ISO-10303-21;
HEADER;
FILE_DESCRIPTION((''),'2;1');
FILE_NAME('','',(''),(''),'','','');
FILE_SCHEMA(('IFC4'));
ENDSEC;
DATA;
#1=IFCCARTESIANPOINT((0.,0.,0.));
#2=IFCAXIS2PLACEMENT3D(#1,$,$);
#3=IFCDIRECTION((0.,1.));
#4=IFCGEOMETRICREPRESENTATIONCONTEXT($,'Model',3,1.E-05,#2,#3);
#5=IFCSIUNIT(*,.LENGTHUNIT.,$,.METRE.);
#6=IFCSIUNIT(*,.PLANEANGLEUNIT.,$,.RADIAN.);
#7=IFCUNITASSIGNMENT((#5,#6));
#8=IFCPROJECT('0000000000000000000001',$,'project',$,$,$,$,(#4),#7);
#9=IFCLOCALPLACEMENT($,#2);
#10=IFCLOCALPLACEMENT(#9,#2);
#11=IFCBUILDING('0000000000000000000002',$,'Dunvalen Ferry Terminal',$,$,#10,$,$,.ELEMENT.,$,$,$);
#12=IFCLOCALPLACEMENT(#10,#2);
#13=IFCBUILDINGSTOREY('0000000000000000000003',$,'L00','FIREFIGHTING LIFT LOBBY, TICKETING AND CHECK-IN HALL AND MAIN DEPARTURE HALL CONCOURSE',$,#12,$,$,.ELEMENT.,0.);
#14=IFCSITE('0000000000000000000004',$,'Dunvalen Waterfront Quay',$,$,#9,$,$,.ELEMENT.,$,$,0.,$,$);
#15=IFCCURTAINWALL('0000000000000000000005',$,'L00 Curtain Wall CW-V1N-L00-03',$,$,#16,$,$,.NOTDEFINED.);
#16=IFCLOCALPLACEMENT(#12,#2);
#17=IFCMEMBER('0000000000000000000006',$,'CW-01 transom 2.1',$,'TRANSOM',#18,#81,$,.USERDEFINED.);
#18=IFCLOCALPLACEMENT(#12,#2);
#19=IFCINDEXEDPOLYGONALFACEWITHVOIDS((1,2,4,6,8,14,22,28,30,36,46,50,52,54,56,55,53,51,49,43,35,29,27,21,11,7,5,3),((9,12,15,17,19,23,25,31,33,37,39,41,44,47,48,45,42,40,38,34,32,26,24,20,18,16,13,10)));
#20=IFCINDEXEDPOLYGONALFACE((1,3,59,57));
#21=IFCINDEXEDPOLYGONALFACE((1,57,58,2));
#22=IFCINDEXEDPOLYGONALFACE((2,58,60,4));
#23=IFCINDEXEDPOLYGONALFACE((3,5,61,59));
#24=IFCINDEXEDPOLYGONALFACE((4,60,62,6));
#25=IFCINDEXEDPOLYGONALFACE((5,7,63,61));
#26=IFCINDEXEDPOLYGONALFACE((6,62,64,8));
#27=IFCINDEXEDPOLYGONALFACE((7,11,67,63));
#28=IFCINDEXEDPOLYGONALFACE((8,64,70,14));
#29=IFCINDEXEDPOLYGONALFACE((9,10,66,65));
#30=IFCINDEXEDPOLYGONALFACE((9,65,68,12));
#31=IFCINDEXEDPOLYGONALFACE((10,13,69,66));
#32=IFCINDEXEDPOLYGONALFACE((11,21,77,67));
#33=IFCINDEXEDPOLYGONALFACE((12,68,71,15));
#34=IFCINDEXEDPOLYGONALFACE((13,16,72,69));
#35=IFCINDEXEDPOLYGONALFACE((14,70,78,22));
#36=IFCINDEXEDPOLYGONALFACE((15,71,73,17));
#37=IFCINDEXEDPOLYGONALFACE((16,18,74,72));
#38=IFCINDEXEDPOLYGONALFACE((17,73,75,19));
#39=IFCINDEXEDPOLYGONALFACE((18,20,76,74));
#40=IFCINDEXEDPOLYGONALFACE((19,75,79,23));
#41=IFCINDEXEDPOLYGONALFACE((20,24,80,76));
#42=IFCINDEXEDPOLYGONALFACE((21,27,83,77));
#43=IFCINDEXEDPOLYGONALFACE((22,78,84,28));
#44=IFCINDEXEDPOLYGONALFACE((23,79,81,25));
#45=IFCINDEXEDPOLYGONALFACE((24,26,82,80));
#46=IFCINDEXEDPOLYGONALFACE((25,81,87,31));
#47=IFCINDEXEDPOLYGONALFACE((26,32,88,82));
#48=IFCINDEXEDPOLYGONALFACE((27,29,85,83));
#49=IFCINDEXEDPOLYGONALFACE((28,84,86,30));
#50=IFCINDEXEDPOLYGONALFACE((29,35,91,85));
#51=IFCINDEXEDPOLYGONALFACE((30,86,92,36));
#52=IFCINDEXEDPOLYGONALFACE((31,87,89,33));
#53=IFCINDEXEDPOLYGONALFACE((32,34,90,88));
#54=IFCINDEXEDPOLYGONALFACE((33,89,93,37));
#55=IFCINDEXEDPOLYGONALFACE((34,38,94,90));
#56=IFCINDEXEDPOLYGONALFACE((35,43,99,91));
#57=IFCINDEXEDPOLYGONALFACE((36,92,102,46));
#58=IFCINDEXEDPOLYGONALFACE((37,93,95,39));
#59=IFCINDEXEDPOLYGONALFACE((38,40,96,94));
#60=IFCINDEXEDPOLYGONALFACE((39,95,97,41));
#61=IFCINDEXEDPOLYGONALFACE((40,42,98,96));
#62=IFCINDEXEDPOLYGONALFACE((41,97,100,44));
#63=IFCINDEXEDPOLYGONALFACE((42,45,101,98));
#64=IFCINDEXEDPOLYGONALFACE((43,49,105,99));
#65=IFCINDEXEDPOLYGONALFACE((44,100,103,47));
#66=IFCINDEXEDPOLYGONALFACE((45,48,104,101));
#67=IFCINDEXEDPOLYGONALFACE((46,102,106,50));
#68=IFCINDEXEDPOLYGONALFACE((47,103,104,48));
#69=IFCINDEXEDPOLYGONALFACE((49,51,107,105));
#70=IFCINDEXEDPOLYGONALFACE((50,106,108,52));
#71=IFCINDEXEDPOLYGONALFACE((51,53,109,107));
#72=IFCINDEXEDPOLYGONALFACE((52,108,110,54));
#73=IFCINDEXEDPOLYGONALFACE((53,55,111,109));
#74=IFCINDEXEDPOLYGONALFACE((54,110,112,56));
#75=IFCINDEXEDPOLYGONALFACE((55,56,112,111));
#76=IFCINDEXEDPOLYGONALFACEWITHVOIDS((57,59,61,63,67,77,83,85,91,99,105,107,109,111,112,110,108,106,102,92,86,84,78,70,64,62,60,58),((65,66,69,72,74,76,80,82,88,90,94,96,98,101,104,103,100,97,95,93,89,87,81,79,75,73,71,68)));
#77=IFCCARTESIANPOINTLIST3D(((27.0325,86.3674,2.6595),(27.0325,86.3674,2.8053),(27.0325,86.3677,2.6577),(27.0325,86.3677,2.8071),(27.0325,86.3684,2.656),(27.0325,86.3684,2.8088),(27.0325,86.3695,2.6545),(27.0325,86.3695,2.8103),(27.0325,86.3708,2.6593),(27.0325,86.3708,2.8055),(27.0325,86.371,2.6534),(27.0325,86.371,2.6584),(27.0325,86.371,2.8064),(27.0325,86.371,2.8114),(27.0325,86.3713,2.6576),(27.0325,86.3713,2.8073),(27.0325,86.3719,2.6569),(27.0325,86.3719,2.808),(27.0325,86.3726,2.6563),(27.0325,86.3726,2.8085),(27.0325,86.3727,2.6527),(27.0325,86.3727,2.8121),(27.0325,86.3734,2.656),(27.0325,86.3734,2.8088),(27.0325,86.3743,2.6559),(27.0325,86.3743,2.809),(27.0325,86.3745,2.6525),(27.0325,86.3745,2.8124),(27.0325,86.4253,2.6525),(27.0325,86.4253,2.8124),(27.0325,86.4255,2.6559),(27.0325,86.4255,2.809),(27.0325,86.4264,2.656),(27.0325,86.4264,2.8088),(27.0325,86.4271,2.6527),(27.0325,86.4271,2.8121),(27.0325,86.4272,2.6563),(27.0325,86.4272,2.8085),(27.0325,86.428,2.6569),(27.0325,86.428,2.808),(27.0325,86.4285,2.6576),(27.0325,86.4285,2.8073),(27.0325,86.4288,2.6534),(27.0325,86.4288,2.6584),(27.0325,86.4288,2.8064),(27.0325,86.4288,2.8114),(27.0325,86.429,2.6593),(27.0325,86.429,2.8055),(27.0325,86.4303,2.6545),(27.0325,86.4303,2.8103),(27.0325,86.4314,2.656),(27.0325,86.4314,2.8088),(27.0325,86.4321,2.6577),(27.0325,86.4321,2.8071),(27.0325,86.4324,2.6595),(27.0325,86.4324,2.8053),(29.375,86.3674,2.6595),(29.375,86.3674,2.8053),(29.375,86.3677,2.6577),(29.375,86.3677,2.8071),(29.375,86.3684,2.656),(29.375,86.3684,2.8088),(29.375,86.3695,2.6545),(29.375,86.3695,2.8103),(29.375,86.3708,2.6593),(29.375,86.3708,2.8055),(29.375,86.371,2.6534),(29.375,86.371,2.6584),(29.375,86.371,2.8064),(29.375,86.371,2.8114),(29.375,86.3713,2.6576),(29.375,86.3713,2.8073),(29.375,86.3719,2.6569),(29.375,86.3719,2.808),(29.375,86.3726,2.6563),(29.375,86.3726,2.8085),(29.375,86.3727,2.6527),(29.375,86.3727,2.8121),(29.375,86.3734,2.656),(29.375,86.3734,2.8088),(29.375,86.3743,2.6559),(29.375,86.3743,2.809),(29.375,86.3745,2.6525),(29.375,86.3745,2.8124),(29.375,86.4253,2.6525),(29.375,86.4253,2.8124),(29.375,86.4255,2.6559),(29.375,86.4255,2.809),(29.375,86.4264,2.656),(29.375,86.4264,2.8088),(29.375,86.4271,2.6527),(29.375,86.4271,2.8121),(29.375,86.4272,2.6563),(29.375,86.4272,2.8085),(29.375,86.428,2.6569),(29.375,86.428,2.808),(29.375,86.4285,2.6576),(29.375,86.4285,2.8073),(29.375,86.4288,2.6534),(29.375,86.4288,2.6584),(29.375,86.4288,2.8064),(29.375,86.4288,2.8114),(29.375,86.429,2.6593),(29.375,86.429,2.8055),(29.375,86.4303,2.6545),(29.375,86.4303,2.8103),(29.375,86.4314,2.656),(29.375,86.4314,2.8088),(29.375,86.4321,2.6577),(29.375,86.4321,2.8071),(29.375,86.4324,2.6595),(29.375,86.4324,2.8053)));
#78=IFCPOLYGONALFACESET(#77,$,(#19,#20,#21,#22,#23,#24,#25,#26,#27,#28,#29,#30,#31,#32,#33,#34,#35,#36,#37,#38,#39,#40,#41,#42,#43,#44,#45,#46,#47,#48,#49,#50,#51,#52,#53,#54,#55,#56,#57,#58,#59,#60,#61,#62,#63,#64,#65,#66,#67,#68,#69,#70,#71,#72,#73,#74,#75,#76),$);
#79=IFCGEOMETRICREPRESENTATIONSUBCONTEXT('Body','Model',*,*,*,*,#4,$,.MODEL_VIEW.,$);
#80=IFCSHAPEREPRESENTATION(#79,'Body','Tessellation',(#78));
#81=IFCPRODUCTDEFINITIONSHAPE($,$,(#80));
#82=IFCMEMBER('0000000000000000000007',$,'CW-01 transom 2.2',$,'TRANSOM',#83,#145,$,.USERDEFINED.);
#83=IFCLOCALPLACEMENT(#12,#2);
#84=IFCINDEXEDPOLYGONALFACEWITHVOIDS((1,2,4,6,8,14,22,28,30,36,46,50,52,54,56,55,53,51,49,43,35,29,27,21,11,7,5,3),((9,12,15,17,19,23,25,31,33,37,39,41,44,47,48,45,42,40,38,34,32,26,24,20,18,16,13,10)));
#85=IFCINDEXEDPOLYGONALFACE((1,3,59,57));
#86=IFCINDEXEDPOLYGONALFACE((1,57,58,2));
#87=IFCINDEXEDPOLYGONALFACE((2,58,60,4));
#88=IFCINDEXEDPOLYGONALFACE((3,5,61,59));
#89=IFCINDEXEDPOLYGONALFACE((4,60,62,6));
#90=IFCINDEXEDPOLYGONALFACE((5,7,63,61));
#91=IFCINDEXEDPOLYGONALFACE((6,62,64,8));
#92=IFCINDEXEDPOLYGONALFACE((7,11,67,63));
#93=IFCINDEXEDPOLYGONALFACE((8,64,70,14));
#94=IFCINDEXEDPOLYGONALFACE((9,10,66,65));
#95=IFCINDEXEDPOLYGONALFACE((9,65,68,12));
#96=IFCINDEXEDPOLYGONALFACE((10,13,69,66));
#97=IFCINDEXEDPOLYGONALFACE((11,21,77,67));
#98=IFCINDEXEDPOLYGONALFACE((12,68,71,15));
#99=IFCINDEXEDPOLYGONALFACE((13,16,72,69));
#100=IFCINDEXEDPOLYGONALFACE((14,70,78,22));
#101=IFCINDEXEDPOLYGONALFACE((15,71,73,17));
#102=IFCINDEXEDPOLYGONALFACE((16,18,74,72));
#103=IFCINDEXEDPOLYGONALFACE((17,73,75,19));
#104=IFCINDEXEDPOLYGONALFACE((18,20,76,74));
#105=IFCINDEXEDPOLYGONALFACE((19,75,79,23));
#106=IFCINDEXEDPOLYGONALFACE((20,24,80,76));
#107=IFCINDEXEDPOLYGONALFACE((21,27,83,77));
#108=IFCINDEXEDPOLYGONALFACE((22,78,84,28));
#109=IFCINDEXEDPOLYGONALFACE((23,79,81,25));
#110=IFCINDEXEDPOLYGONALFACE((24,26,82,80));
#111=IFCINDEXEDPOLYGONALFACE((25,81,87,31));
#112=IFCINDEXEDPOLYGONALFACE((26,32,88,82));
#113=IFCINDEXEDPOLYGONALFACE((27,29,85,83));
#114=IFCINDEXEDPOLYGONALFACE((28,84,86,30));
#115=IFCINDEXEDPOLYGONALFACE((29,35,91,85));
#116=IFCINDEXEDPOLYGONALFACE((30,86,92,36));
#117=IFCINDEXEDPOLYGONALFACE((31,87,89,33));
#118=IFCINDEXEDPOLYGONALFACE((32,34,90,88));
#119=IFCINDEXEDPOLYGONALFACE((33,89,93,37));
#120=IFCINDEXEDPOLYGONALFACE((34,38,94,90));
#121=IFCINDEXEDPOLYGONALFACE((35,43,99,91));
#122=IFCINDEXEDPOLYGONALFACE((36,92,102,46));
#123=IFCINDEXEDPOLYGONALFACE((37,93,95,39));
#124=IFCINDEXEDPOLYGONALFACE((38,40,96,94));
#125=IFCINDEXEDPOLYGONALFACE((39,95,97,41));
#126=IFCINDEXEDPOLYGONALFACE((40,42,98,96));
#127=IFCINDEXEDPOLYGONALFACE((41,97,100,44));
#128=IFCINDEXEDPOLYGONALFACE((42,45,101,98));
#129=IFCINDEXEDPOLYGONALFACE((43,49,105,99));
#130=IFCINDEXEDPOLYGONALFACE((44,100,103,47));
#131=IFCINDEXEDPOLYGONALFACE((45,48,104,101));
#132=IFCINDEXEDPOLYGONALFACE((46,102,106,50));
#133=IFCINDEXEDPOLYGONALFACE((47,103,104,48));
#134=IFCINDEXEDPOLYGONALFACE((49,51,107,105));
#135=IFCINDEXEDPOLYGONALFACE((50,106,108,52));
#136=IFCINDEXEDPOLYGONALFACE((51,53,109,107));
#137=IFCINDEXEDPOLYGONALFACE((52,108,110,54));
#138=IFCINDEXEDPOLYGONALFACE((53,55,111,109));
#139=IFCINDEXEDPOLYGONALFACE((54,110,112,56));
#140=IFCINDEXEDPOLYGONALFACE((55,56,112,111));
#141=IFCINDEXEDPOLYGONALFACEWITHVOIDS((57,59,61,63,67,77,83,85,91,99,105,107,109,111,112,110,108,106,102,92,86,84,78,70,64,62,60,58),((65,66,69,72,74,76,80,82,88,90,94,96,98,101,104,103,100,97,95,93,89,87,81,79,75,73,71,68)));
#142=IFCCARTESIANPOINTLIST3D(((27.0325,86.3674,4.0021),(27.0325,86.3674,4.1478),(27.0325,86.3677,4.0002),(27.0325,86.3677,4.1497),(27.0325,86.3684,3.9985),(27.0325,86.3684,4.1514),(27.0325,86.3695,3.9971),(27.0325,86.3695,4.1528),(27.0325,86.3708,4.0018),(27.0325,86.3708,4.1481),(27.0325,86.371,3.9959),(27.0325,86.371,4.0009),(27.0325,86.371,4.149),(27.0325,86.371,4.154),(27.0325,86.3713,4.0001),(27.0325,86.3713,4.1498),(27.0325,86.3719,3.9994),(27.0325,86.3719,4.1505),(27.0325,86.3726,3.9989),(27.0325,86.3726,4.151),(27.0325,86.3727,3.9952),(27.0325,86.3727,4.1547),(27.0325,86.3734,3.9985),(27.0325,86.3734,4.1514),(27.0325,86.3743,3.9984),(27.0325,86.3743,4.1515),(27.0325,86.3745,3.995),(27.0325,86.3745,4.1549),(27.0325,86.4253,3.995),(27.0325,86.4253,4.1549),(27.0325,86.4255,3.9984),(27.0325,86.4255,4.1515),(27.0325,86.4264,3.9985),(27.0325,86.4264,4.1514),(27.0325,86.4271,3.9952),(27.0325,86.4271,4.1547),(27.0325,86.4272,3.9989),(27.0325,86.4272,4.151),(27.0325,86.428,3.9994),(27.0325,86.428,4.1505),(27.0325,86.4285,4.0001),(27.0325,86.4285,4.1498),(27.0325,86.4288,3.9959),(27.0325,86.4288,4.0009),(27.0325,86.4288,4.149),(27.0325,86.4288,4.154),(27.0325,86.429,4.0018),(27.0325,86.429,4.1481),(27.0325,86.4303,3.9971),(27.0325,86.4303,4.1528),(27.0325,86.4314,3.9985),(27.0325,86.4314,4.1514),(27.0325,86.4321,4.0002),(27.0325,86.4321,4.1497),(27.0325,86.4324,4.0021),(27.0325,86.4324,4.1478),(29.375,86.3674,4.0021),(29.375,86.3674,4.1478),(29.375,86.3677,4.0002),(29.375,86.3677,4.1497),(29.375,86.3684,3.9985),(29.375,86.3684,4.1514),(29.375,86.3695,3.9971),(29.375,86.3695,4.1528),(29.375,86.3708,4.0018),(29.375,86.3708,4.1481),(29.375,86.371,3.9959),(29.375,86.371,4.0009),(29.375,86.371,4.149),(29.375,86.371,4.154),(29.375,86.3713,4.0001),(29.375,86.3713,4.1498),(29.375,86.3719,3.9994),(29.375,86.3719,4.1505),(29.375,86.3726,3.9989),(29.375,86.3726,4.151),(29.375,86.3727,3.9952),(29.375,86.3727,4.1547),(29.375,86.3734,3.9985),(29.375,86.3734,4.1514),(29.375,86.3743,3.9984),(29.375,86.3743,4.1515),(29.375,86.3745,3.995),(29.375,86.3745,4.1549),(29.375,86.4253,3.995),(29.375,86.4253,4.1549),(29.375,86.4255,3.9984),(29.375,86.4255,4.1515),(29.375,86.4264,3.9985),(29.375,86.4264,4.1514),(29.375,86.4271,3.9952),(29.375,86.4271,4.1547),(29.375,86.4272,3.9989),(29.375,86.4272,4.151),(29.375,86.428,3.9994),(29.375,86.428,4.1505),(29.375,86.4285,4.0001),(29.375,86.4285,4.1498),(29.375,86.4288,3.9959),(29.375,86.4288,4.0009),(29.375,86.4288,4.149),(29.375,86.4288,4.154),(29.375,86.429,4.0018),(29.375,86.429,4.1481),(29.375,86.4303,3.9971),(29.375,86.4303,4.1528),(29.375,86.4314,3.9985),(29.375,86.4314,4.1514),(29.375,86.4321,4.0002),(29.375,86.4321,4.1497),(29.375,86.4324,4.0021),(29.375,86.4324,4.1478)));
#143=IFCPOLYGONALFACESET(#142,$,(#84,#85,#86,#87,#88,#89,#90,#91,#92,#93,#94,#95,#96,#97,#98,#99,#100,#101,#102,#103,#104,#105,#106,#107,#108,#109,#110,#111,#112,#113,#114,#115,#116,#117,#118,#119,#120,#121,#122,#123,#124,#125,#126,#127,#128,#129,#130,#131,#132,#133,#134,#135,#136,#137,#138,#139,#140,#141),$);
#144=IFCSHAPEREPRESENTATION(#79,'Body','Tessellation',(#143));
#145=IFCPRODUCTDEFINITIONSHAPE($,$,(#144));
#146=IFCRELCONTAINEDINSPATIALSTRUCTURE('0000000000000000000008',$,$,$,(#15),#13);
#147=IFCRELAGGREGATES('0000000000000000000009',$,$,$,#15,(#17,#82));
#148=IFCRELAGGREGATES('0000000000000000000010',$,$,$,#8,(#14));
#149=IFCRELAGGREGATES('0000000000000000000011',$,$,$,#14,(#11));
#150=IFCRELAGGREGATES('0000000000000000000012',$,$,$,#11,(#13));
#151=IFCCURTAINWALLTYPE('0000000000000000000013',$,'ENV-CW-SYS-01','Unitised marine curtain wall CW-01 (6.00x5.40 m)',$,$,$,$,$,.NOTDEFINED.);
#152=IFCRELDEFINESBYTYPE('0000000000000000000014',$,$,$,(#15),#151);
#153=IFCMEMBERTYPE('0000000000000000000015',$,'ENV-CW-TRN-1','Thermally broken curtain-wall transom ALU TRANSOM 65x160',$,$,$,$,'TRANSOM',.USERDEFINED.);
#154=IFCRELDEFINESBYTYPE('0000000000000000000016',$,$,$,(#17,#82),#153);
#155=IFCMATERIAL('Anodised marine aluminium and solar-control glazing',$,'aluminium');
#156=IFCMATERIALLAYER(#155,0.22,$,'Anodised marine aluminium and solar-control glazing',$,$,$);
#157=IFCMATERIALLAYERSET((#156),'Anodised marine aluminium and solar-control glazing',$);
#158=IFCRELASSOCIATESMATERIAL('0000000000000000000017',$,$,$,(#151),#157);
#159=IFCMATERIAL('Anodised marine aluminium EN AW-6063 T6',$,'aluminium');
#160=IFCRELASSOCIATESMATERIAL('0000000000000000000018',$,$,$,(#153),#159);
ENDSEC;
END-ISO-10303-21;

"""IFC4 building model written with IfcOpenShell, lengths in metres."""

from ifc_helpers import new_model, si_unit, direction, frame, origin, origin_2d, place, context, subcontext, project, spatial, hollow_rectangle, extrude, material, layer, layer_set, material_profile, profile_set, type_object, element, aggregate, save


model = new_model("IFC4")

# Units and contexts
model_context = context("Model", 3, precision=1e-05, world=origin(), true_north=direction((0.0, 1.0)))
body_context = subcontext(model_context, "Body", "Model", "MODEL_VIEW")
ifc_project = project(units=[si_unit("LENGTHUNIT", "METRE"), si_unit("PLANEANGLEUNIT", "RADIAN")], contexts=[model_context])

# Site, building, storey
site_placement = place(None, origin())
site = spatial("IfcSite", under=ifc_project, at=site_placement, Name="Dunvalen Waterfront Quay", CompositionType="ELEMENT", RefElevation=0.0)
building_placement = place(site_placement, origin())
building = spatial("IfcBuilding", under=site, at=building_placement, Name="Dunvalen Ferry Terminal", CompositionType="ELEMENT")
storey_placement = place(building_placement, origin())
storey = spatial("IfcBuildingStorey", under=building, at=storey_placement, Name="L00", Description="FIREFIGHTING LIFT LOBBY, TICKETING AND CHECK-IN HALL AND MAIN DEPARTURE HALL CONCOURSE", CompositionType="ELEMENT", Elevation=0.0)

# Shared definitions
ifc_material_1 = material(Name="Anodised marine aluminium and solar-control glazing", Category="aluminium")
ifc_layer_1 = layer(ifc_material_1, 0.22, Name="Anodised marine aluminium and solar-control glazing")
ifc_layer_set_1 = layer_set([ifc_layer_1], Name="Anodised marine aluminium and solar-control glazing")
curtain_wall_type = type_object("IfcCurtainWallType", Name="ENV-CW-SYS-01", Description="Unitised marine curtain wall CW-01 (6.00x5.40 m)", PredefinedType="NOTDEFINED", material=ifc_layer_set_1)
ifc_material_2 = material(Name="Anodised marine aluminium EN AW-6063 T6", Category="aluminium")

# Curtain wall
curtain_wall_1_placement = place(storey_placement, origin())
curtain_wall_1 = element("IfcCurtainWall", 1, at=curtain_wall_1_placement, inside=storey, type_object=curtain_wall_type, Name="L00 Curtain Wall CW-V1N-L00-03", PredefinedType="NOTDEFINED")

# Members
ifc_material_profile_1 = material_profile(ifc_material_2, hollow_rectangle(XDim=0.0649, YDim=0.1599, WallThickness=0.0034, InnerFilletRadius=0.0034, OuterFilletRadius=0.0071, at=origin_2d()), Name="Anodised marine aluminium EN AW-6063 T6")
ifc_profile_set_1 = profile_set([ifc_material_profile_1], Name="Anodised marine aluminium EN AW-6063 T6")
member_type_1 = type_object("IfcMemberType", Name="ENV-CW-TRN-1", Description="Thermally broken curtain-wall transom ALU TRANSOM 65x160", ElementType="TRANSOM", PredefinedType="USERDEFINED", material=ifc_profile_set_1)
member_1_placement = place(storey_placement, frame((27.0325, 86.3999, 2.7324), z_axis=(1.0, 0.0, 0.0), x_axis=(0.0, 1.0, 0.0)))
member_1 = element("IfcMember", 2, at=member_1_placement, type_object=member_type_1, Name="CW-01 transom 2.1", ObjectType="TRANSOM", PredefinedType="USERDEFINED", context=body_context, shape_type="SweptSolid", body=[
    extrude(hollow_rectangle(XDim=0.0649, YDim=0.1599, WallThickness=0.0034, InnerFilletRadius=0.0034, OuterFilletRadius=0.0071, at=origin_2d()), origin(), (0.0, 0.0, 1.0), 2.3425),
])
member_2_placement = place(storey_placement, frame((27.0325, 86.3999, 4.075), z_axis=(1.0, 0.0, 0.0), x_axis=(0.0, 1.0, 0.0)))
member_2 = element("IfcMember", 3, at=member_2_placement, type_object=member_type_1, Name="CW-01 transom 2.2", ObjectType="TRANSOM", PredefinedType="USERDEFINED", context=body_context, shape_type="SweptSolid", body=[
    extrude(hollow_rectangle(XDim=0.0649, YDim=0.1599, WallThickness=0.0034, InnerFilletRadius=0.0034, OuterFilletRadius=0.0071, at=origin_2d()), origin(), (0.0, 0.0, 1.0), 2.3425),
])

aggregate(curtain_wall_1, [member_1, member_2])

save(model, "model.ifc")
